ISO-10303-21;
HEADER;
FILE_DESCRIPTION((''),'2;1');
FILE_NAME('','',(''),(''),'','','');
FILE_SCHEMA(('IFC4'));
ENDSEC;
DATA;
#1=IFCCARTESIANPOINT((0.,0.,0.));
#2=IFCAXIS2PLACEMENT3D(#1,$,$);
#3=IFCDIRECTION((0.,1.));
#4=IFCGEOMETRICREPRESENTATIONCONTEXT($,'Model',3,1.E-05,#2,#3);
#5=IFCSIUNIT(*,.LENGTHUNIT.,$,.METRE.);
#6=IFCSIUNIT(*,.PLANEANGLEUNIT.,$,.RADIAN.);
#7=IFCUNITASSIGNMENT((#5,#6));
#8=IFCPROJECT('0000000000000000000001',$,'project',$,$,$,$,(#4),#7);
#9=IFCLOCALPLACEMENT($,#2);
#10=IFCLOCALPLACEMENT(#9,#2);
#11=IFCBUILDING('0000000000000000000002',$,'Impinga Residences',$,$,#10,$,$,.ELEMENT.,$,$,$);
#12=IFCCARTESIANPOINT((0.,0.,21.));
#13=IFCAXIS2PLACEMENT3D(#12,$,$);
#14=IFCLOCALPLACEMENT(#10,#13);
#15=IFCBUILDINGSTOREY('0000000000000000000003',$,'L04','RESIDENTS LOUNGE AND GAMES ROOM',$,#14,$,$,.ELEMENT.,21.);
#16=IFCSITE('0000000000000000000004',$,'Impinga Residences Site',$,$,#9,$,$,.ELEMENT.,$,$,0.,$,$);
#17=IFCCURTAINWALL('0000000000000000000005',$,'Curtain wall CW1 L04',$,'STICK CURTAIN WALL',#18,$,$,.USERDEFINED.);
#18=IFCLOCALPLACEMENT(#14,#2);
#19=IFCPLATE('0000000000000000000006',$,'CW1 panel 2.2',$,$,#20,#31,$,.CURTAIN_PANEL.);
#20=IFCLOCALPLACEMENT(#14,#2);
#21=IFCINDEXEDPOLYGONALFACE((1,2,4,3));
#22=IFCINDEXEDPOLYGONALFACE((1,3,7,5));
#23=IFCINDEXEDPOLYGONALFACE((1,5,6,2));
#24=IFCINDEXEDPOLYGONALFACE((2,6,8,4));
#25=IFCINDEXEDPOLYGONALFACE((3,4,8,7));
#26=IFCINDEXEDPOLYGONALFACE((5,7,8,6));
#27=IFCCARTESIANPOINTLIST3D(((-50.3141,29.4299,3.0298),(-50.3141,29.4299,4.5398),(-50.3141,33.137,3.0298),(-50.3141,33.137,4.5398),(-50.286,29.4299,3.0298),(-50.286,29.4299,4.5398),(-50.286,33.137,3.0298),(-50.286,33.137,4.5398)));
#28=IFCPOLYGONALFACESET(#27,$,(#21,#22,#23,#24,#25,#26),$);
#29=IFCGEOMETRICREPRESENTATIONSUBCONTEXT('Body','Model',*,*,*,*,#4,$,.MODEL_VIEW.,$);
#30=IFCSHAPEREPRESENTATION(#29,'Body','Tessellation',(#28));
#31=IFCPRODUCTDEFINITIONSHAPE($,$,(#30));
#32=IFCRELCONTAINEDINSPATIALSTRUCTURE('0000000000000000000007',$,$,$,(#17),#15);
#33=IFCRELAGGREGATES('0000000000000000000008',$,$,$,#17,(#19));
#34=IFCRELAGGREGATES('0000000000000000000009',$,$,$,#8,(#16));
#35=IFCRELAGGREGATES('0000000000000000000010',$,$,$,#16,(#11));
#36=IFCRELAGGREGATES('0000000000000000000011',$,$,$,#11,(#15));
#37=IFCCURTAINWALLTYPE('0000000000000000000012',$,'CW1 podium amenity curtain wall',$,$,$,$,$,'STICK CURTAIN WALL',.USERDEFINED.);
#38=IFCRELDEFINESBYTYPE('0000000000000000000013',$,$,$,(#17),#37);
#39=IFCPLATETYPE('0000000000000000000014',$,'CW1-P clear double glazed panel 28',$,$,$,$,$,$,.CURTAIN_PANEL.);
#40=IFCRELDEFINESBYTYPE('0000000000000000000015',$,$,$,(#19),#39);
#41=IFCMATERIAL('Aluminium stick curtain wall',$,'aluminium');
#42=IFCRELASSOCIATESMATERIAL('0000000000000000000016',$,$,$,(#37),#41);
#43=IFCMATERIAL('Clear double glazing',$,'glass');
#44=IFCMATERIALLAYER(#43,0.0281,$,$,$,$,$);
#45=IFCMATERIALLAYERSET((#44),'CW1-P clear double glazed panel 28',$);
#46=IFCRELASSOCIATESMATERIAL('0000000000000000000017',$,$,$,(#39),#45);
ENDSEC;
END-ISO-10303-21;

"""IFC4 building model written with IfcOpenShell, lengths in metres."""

from ifc_helpers import new_model, si_unit, direction, frame, origin, origin_2d, place, context, subcontext, project, spatial, rectangle, extrude, material, layer, layer_set, type_object, element, aggregate, save


model = new_model("IFC4")

# Units and contexts
model_context = context("Model", 3, precision=1e-05, world=origin(), true_north=direction((0.0, 1.0)))
body_context = subcontext(model_context, "Body", "Model", "MODEL_VIEW")
ifc_project = project(units=[si_unit("LENGTHUNIT", "METRE"), si_unit("PLANEANGLEUNIT", "RADIAN")], contexts=[model_context])

# Site, building, storey
site_placement = place(None, origin())
site = spatial("IfcSite", under=ifc_project, at=site_placement, Name="Impinga Residences Site", CompositionType="ELEMENT", RefElevation=0.0)
building_placement = place(site_placement, origin())
building = spatial("IfcBuilding", under=site, at=building_placement, Name="Impinga Residences", CompositionType="ELEMENT")
storey_placement = place(building_placement, frame((0.0, 0.0, 21.0)))
storey = spatial("IfcBuildingStorey", under=building, at=storey_placement, Name="L04", Description="RESIDENTS LOUNGE AND GAMES ROOM", CompositionType="ELEMENT", Elevation=21.0)

# Curtain wall
ifc_material_1 = material(Name="Aluminium stick curtain wall", Category="aluminium")
curtain_wall_type = type_object("IfcCurtainWallType", Name="CW1 podium amenity curtain wall", ElementType="STICK CURTAIN WALL", PredefinedType="USERDEFINED", material=ifc_material_1)
curtain_wall_1_placement = place(storey_placement, origin())
curtain_wall_1 = element("IfcCurtainWall", 1, at=curtain_wall_1_placement, inside=storey, type_object=curtain_wall_type, Name="Curtain wall CW1 L04", ObjectType="STICK CURTAIN WALL", PredefinedType="USERDEFINED")

# Plate
ifc_material_2 = material(Name="Clear double glazing", Category="glass")
ifc_layer = layer(ifc_material_2, 0.0281)
ifc_layer_set = layer_set([ifc_layer], Name="CW1-P clear double glazed panel 28")
plate_type = type_object("IfcPlateType", Name="CW1-P clear double glazed panel 28", PredefinedType="CURTAIN_PANEL", material=ifc_layer_set)
plate_1_placement = place(storey_placement, frame((-50.3, 31.2834, 3.0298), z_axis=(0.0, 0.0, 1.0), x_axis=(0.0, 1.0, 0.0)))
plate_1 = element("IfcPlate", 2, at=plate_1_placement, type_object=plate_type, Name="CW1 panel 2.2", PredefinedType="CURTAIN_PANEL", context=body_context, shape_type="SweptSolid", body=[
    extrude(rectangle(XDim=3.707, YDim=0.0281, at=origin_2d()), origin(), (0.0, 0.0, 1.0), 1.51),
])
aggregate(curtain_wall_1, [plate_1])

save(model, "model.ifc")
